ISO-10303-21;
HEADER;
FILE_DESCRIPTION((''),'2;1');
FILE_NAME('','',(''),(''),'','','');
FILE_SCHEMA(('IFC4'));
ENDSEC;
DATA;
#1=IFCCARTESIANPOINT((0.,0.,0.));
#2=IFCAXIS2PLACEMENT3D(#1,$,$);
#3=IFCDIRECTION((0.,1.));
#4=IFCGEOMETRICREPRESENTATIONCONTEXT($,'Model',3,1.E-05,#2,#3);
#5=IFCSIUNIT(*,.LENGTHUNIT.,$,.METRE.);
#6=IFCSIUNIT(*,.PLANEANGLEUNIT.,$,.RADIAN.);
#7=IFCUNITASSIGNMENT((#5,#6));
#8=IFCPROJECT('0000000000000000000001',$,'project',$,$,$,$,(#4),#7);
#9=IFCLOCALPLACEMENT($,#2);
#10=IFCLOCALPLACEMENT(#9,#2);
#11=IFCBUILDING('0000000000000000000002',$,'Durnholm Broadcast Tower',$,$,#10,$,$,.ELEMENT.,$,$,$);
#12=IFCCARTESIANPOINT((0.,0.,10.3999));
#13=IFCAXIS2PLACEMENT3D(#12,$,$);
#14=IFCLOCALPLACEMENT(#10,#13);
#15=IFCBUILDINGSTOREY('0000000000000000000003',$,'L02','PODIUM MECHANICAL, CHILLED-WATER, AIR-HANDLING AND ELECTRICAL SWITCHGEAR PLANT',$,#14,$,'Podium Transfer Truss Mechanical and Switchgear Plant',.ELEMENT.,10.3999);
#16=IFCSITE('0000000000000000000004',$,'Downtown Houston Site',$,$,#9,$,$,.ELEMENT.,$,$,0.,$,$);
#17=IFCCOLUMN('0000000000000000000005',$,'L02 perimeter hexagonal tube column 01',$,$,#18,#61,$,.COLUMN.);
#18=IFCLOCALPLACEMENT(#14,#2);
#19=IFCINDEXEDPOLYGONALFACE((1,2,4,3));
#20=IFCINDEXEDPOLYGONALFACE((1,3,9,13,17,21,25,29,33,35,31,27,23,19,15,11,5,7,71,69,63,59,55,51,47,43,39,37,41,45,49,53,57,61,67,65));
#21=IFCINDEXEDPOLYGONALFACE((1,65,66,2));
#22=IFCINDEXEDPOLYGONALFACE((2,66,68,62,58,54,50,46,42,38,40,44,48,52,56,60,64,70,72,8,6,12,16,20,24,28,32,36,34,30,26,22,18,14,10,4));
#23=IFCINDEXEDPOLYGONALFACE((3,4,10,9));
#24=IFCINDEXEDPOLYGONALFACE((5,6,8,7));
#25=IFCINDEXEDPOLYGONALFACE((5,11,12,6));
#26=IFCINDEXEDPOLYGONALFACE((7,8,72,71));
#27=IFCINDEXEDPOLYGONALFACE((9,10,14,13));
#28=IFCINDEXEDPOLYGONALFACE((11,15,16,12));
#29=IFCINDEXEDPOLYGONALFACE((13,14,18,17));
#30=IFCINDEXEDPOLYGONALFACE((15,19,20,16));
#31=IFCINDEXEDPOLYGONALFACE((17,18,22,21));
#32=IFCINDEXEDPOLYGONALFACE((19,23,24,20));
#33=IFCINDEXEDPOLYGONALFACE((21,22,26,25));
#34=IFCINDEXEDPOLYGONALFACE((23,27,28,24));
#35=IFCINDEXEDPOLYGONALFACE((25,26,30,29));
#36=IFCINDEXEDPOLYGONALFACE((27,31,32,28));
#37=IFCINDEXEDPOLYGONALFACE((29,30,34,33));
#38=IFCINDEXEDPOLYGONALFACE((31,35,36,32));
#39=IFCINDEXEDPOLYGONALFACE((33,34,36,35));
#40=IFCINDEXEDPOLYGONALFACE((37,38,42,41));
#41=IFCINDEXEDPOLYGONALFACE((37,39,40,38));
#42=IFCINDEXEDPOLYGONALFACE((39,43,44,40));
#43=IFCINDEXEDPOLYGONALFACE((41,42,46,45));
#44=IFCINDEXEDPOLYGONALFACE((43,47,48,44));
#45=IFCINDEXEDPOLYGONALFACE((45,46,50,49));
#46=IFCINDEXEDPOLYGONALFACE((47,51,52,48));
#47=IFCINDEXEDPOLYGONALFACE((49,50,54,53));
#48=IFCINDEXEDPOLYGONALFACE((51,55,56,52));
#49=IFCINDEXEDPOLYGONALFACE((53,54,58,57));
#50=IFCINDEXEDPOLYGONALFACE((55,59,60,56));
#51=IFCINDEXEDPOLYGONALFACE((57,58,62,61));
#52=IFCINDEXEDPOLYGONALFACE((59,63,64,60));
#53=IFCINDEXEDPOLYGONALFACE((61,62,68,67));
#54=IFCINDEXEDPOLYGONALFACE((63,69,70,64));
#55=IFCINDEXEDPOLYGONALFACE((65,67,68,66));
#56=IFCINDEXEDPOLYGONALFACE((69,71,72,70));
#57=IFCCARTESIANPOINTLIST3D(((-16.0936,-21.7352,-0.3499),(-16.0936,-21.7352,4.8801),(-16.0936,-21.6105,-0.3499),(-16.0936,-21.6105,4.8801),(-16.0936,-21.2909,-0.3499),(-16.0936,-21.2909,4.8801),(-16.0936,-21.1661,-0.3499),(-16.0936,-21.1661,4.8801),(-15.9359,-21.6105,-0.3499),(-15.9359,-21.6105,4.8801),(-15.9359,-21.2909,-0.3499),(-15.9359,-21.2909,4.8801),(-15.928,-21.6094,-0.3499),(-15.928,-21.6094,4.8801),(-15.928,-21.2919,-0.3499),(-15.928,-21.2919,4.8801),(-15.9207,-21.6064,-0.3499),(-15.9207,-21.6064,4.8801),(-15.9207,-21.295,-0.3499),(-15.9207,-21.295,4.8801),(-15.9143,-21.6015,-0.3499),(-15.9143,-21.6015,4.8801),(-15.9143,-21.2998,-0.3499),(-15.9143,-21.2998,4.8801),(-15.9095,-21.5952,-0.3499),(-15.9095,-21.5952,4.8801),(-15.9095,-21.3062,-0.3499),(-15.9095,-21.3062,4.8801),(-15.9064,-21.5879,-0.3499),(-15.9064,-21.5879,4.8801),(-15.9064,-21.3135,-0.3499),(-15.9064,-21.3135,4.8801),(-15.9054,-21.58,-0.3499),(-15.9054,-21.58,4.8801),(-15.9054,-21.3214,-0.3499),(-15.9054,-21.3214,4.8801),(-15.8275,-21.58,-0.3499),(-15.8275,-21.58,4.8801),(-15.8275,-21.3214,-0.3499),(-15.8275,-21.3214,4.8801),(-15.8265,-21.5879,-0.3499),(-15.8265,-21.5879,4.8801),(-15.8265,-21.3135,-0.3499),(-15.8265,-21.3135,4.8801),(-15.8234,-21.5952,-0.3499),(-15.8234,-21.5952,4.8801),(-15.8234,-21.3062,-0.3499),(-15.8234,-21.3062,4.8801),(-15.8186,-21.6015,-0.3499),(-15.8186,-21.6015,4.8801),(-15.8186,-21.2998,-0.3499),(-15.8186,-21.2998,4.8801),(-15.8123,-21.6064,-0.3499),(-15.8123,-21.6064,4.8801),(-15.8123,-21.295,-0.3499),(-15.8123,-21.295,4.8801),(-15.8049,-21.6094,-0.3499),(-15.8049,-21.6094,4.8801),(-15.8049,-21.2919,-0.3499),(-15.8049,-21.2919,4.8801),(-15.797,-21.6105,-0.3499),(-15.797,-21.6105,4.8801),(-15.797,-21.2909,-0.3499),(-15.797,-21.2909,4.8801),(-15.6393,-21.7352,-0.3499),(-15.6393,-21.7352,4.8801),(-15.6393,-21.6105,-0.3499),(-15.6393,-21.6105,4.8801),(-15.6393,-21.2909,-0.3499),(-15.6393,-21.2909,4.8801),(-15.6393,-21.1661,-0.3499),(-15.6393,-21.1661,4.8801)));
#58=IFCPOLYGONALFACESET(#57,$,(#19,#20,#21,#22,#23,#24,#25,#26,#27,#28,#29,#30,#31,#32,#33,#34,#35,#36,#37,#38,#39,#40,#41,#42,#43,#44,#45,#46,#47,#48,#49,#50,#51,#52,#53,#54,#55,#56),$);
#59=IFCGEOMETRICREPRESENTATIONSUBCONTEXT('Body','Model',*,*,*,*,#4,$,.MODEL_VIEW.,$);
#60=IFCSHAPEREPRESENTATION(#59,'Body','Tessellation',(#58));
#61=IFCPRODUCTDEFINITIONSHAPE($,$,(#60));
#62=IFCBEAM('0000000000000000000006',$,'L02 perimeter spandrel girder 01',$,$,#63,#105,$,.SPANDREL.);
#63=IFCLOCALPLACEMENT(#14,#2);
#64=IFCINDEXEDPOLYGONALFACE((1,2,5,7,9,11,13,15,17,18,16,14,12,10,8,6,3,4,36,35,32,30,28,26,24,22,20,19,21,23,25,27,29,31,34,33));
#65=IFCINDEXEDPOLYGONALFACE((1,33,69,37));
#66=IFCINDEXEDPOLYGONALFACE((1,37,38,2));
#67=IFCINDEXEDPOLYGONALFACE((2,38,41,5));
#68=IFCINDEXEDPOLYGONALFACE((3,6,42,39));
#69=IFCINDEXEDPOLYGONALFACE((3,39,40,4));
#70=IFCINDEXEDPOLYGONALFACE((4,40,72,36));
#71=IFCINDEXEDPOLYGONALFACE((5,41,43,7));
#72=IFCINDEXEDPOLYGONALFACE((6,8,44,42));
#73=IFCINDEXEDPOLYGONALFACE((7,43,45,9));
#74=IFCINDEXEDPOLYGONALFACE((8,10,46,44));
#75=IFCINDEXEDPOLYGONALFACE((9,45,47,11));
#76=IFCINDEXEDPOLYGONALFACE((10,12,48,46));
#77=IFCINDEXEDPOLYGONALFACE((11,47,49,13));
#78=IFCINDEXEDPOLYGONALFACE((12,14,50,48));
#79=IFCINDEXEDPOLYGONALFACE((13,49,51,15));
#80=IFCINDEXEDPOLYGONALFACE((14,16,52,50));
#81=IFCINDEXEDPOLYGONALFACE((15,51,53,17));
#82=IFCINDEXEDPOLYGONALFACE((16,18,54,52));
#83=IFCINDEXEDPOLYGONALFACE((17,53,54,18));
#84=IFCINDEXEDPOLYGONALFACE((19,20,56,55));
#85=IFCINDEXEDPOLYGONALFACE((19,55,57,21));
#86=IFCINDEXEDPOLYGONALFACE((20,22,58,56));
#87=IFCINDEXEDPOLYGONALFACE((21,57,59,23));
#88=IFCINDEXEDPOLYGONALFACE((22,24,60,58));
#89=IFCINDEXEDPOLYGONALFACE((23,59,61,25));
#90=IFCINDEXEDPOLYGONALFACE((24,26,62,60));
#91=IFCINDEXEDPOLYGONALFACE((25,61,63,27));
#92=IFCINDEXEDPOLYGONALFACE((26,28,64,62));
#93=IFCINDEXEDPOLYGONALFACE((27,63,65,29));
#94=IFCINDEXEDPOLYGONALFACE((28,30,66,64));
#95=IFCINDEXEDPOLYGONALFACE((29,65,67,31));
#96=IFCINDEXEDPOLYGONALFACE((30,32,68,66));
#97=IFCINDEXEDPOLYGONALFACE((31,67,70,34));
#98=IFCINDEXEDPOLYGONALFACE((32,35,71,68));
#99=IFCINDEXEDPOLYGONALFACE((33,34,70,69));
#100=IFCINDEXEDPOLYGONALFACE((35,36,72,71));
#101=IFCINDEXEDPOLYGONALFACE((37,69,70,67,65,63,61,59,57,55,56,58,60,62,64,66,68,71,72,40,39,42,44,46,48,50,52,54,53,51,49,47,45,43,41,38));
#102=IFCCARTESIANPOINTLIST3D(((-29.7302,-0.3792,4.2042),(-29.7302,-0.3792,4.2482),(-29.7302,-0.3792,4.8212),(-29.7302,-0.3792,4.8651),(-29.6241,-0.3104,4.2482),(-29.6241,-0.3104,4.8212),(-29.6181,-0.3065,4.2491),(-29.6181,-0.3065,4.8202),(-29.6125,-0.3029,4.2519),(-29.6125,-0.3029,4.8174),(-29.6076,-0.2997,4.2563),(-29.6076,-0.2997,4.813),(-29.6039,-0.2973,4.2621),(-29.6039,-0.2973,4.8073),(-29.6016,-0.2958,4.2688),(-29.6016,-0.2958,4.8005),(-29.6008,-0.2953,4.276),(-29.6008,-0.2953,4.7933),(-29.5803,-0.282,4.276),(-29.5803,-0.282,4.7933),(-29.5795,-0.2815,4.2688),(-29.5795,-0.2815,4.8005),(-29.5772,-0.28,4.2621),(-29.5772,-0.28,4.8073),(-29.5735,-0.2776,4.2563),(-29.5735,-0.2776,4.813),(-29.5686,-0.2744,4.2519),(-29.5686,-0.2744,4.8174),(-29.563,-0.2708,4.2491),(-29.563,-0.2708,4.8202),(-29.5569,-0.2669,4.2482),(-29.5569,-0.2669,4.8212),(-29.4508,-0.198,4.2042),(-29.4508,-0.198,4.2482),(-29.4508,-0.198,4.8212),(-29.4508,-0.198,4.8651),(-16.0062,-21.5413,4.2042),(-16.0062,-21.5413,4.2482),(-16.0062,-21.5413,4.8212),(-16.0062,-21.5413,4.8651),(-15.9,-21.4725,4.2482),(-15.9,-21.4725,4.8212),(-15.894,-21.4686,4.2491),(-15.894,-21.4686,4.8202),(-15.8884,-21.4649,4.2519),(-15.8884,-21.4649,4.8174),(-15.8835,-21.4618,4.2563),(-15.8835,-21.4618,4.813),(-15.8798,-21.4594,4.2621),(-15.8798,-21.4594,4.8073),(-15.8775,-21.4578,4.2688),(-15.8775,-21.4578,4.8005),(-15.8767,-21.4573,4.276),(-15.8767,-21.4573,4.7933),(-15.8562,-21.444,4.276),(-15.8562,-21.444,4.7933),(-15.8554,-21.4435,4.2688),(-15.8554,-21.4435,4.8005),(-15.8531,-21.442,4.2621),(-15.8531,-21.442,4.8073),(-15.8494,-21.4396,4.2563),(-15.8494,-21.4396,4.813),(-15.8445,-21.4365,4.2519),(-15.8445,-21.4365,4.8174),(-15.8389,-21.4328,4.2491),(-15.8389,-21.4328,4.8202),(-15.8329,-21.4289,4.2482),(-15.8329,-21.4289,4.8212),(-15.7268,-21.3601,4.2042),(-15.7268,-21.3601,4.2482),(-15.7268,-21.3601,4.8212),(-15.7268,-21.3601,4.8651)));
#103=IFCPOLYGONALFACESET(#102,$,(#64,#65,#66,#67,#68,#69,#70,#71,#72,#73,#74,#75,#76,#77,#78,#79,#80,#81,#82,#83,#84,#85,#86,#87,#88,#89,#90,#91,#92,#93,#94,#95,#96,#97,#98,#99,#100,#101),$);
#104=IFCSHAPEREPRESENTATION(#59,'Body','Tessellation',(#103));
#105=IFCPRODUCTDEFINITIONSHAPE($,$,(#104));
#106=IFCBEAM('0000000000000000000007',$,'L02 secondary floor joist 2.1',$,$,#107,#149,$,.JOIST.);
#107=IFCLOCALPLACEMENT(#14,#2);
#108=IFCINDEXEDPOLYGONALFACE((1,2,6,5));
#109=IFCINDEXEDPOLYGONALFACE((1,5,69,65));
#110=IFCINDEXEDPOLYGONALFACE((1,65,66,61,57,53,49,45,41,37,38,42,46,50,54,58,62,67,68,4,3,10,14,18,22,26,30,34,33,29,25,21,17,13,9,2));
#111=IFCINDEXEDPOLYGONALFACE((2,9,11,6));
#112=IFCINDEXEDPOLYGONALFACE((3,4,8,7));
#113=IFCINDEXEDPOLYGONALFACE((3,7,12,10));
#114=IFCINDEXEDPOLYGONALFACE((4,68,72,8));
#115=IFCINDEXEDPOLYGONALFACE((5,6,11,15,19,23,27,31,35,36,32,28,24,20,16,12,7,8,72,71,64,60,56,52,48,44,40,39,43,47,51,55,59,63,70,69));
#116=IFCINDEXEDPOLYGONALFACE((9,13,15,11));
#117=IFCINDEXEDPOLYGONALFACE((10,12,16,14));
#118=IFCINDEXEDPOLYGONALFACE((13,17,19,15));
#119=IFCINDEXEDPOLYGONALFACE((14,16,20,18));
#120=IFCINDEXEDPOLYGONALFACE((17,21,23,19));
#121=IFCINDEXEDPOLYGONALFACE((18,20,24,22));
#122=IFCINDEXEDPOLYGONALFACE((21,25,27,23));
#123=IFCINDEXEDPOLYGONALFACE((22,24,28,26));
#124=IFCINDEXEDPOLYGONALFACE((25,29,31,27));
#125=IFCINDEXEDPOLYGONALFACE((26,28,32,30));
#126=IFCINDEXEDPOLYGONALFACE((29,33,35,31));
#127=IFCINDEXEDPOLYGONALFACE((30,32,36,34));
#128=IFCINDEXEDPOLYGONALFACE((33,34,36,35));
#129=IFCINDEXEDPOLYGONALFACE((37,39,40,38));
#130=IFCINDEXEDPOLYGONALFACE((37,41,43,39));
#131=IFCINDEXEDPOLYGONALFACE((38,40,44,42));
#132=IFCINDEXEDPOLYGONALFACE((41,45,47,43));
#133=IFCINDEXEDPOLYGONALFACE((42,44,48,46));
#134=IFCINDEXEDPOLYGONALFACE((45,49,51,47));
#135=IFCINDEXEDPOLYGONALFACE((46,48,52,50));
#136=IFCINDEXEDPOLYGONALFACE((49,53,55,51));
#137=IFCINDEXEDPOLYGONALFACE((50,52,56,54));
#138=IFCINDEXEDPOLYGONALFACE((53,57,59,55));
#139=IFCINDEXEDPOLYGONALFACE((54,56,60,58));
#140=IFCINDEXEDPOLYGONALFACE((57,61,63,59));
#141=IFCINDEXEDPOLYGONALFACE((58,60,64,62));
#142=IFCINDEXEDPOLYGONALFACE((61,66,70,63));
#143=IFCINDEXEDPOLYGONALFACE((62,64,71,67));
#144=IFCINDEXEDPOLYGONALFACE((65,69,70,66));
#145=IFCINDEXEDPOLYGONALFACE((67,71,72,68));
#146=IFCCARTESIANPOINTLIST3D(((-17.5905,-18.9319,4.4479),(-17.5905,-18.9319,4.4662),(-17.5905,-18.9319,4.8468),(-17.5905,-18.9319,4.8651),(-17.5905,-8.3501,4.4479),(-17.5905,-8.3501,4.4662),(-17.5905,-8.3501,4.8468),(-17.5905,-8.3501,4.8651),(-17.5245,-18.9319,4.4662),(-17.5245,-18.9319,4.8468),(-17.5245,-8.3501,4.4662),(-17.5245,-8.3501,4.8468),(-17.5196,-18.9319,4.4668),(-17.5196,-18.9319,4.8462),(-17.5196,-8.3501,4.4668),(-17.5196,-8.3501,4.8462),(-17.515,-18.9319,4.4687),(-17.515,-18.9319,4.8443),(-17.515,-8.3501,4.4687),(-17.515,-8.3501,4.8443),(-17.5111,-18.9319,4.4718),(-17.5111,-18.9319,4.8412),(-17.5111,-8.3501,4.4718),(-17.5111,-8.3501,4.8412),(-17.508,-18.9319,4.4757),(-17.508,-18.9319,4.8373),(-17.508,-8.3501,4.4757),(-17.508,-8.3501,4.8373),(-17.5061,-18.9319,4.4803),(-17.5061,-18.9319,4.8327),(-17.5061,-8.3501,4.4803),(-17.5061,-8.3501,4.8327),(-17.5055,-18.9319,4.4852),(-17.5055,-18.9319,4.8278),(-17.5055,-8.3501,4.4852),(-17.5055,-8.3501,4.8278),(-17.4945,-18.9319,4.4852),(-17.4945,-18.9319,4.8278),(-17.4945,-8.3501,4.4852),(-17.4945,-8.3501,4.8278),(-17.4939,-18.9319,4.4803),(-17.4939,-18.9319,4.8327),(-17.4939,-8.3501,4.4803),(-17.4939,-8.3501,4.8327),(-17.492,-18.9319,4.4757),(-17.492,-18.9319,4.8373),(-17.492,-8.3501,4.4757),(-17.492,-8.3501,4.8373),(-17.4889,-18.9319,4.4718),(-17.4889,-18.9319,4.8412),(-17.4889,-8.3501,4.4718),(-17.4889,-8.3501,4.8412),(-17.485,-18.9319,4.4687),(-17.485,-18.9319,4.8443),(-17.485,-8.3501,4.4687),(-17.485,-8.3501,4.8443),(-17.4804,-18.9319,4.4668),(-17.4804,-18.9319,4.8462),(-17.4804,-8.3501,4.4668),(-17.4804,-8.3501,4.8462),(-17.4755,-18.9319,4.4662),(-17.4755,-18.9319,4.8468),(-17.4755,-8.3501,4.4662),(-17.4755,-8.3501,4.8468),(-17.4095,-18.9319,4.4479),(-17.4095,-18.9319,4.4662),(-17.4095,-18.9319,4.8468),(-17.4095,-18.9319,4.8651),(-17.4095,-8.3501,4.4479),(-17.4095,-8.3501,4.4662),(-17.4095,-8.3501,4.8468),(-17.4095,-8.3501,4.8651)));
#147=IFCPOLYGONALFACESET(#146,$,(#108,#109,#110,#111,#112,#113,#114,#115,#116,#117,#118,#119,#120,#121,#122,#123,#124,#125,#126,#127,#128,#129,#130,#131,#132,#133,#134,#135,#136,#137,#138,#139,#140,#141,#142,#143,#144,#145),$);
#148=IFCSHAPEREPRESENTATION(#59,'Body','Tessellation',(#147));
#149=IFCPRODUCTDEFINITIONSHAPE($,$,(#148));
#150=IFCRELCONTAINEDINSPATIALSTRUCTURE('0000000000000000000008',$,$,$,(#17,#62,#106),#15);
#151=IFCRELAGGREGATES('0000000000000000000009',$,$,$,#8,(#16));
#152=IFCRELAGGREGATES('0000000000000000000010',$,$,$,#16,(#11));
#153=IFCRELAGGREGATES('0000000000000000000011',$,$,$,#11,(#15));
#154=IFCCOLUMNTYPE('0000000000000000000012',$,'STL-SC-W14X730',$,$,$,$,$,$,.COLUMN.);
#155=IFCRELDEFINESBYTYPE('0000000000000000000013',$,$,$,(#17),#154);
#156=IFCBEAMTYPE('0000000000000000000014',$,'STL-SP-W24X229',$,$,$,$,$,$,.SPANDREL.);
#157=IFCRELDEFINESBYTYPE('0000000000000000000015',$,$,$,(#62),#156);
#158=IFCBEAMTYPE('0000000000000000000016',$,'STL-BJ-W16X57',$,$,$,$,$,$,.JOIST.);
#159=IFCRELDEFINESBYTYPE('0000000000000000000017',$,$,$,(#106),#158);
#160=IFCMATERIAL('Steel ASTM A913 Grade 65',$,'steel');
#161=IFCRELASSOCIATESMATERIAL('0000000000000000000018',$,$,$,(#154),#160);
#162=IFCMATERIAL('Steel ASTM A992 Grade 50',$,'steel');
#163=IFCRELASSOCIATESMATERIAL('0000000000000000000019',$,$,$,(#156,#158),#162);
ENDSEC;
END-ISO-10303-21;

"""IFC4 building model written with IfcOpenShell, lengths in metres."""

from ifc_helpers import new_model, si_unit, direction, frame, origin, origin_2d, place, context, subcontext, project, spatial, i_section, extrude, source, transform, mapped, material, material_profile, profile_set, type_object, type_shapes, element, save


model = new_model("IFC4")

# Units and contexts
model_context = context("Model", 3, precision=1e-05, world=origin(), true_north=direction((0.0, 1.0)))
body_context = subcontext(model_context, "Body", "Model", "MODEL_VIEW")
ifc_project = project(units=[si_unit("LENGTHUNIT", "METRE"), si_unit("PLANEANGLEUNIT", "RADIAN")], contexts=[model_context])

# Site, building, storey
site_placement = place(None, origin())
site = spatial("IfcSite", under=ifc_project, at=site_placement, Name="Downtown Houston Site", CompositionType="ELEMENT", RefElevation=0.0)
building_placement = place(site_placement, origin())
building = spatial("IfcBuilding", under=site, at=building_placement, Name="Durnholm Broadcast Tower", CompositionType="ELEMENT")
storey_placement = place(building_placement, frame((0.0, 0.0, 10.3999)))
storey = spatial("IfcBuildingStorey", under=building, at=storey_placement, Name="L02", Description="PODIUM MECHANICAL, CHILLED-WATER, AIR-HANDLING AND ELECTRICAL SWITCHGEAR PLANT", LongName="Podium Transfer Truss Mechanical and Switchgear Plant", CompositionType="ELEMENT", Elevation=10.3999)

# Column
ifc_material_1 = material(Name="Steel ASTM A913 Grade 65", Category="steel")
ifc_material_profile_1 = material_profile(ifc_material_1, i_section(OverallWidth=0.4543, OverallDepth=0.5691, WebThickness=0.0779, FlangeThickness=0.1248, FilletRadius=0.0305, at=origin_2d()), Name="W14X730")
ifc_profile_set_1 = profile_set([ifc_material_profile_1], Name="Steel ASTM A913 Grade 65")
column_type = type_object("IfcColumnType", Name="STL-SC-W14X730", PredefinedType="COLUMN", material=ifc_profile_set_1)
shared_shape_1 = source(origin(), body_context, "Body", "SweptSolid", [
    extrude(i_section(OverallWidth=0.4543, OverallDepth=0.5691, WebThickness=0.0779, FlangeThickness=0.1248, FilletRadius=0.0305, at=origin_2d()), origin(), (0.0, 0.0, 1.0), 5.23),
])
type_shapes(column_type, [shared_shape_1])
column_placement = place(storey_placement, frame((-15.8665, -21.4507, -0.3499), z_axis=(0.0, 0.0, 1.0), x_axis=(1.0, 0.0, 0.0)))
element("IfcColumn", 1, at=column_placement, inside=storey, type_object=column_type, Name="L02 perimeter hexagonal tube column 01", PredefinedType="COLUMN", context=body_context, shape_type="MappedRepresentation", body=[
    mapped(shared_shape_1, transform((0.0, 0.0, 0.0), x_axis=(1.0, 0.0, 0.0), y_axis=(0.0, 1.0, 0.0), z_axis=(0.0, 0.0, 1.0), scale=1.0)),
])

# Beams
ifc_material_2 = material(Name="Steel ASTM A992 Grade 50", Category="steel")
ifc_material_profile_2 = material_profile(ifc_material_2, i_section(OverallWidth=0.333, OverallDepth=0.6609, WebThickness=0.0244, FlangeThickness=0.0439, FilletRadius=0.0278, at=origin_2d()), Name="W24X229")
ifc_profile_set_2 = profile_set([ifc_material_profile_2], Name="Steel ASTM A992 Grade 50")
beam_type_1 = type_object("IfcBeamType", Name="STL-SP-W24X229", PredefinedType="SPANDREL", material=ifc_profile_set_2)
shared_shape_2 = source(origin(), body_context, "Body", "SweptSolid", [
    extrude(i_section(OverallWidth=0.333, OverallDepth=0.6609, WebThickness=0.0244, FlangeThickness=0.0439, FilletRadius=0.0278, at=origin_2d()), origin(), (0.0, 0.0, 1.0), 25.2227),
])
type_shapes(beam_type_1, [shared_shape_2])
beam_1_placement = place(storey_placement, frame((-15.8665, -21.4507, 4.5347), z_axis=(-0.544117, 0.839009, 0.0), x_axis=(-0.839009, -0.544117, 0.0)))
element("IfcBeam", 2, at=beam_1_placement, inside=storey, type_object=beam_type_1, Name="L02 perimeter spandrel girder 01", PredefinedType="SPANDREL", context=body_context, shape_type="MappedRepresentation", body=[
    mapped(shared_shape_2, transform((0.0, 0.0, 0.0), x_axis=(1.0, 0.0, 0.0), y_axis=(0.0, 1.0, 0.0), z_axis=(0.0, 0.0, 1.0), scale=1.0)),
])
ifc_material_profile_3 = material_profile(ifc_material_2, i_section(OverallWidth=0.1809, OverallDepth=0.4172, WebThickness=0.011, FlangeThickness=0.0183, FilletRadius=0.019, at=origin_2d()), Name="W16X57")
ifc_profile_set_3 = profile_set([ifc_material_profile_3], Name="Steel ASTM A992 Grade 50")
beam_type_2 = type_object("IfcBeamType", Name="STL-BJ-W16X57", PredefinedType="JOIST", material=ifc_profile_set_3)
shared_shape_3 = source(origin(), body_context, "Body", "SweptSolid", [
    extrude(i_section(OverallWidth=0.1809, OverallDepth=0.4172, WebThickness=0.011, FlangeThickness=0.0183, FilletRadius=0.019, at=origin_2d()), origin(), (0.0, 0.0, 1.0), 10.5818),
])
type_shapes(beam_type_2, [shared_shape_3])
beam_2_placement = place(storey_placement, frame((-17.5, -18.9319, 4.6565), z_axis=(0.0, 1.0, 0.0), x_axis=(-1.0, 0.0, 0.0)))
element("IfcBeam", 3, at=beam_2_placement, inside=storey, type_object=beam_type_2, Name="L02 secondary floor joist 2.1", PredefinedType="JOIST", context=body_context, shape_type="MappedRepresentation", body=[
    mapped(shared_shape_3, transform((0.0, 0.0, 0.0), x_axis=(1.0, 0.0, 0.0), y_axis=(0.0, 1.0, 0.0), z_axis=(0.0, 0.0, 1.0), scale=1.0)),
])

save(model, "model.ifc")
